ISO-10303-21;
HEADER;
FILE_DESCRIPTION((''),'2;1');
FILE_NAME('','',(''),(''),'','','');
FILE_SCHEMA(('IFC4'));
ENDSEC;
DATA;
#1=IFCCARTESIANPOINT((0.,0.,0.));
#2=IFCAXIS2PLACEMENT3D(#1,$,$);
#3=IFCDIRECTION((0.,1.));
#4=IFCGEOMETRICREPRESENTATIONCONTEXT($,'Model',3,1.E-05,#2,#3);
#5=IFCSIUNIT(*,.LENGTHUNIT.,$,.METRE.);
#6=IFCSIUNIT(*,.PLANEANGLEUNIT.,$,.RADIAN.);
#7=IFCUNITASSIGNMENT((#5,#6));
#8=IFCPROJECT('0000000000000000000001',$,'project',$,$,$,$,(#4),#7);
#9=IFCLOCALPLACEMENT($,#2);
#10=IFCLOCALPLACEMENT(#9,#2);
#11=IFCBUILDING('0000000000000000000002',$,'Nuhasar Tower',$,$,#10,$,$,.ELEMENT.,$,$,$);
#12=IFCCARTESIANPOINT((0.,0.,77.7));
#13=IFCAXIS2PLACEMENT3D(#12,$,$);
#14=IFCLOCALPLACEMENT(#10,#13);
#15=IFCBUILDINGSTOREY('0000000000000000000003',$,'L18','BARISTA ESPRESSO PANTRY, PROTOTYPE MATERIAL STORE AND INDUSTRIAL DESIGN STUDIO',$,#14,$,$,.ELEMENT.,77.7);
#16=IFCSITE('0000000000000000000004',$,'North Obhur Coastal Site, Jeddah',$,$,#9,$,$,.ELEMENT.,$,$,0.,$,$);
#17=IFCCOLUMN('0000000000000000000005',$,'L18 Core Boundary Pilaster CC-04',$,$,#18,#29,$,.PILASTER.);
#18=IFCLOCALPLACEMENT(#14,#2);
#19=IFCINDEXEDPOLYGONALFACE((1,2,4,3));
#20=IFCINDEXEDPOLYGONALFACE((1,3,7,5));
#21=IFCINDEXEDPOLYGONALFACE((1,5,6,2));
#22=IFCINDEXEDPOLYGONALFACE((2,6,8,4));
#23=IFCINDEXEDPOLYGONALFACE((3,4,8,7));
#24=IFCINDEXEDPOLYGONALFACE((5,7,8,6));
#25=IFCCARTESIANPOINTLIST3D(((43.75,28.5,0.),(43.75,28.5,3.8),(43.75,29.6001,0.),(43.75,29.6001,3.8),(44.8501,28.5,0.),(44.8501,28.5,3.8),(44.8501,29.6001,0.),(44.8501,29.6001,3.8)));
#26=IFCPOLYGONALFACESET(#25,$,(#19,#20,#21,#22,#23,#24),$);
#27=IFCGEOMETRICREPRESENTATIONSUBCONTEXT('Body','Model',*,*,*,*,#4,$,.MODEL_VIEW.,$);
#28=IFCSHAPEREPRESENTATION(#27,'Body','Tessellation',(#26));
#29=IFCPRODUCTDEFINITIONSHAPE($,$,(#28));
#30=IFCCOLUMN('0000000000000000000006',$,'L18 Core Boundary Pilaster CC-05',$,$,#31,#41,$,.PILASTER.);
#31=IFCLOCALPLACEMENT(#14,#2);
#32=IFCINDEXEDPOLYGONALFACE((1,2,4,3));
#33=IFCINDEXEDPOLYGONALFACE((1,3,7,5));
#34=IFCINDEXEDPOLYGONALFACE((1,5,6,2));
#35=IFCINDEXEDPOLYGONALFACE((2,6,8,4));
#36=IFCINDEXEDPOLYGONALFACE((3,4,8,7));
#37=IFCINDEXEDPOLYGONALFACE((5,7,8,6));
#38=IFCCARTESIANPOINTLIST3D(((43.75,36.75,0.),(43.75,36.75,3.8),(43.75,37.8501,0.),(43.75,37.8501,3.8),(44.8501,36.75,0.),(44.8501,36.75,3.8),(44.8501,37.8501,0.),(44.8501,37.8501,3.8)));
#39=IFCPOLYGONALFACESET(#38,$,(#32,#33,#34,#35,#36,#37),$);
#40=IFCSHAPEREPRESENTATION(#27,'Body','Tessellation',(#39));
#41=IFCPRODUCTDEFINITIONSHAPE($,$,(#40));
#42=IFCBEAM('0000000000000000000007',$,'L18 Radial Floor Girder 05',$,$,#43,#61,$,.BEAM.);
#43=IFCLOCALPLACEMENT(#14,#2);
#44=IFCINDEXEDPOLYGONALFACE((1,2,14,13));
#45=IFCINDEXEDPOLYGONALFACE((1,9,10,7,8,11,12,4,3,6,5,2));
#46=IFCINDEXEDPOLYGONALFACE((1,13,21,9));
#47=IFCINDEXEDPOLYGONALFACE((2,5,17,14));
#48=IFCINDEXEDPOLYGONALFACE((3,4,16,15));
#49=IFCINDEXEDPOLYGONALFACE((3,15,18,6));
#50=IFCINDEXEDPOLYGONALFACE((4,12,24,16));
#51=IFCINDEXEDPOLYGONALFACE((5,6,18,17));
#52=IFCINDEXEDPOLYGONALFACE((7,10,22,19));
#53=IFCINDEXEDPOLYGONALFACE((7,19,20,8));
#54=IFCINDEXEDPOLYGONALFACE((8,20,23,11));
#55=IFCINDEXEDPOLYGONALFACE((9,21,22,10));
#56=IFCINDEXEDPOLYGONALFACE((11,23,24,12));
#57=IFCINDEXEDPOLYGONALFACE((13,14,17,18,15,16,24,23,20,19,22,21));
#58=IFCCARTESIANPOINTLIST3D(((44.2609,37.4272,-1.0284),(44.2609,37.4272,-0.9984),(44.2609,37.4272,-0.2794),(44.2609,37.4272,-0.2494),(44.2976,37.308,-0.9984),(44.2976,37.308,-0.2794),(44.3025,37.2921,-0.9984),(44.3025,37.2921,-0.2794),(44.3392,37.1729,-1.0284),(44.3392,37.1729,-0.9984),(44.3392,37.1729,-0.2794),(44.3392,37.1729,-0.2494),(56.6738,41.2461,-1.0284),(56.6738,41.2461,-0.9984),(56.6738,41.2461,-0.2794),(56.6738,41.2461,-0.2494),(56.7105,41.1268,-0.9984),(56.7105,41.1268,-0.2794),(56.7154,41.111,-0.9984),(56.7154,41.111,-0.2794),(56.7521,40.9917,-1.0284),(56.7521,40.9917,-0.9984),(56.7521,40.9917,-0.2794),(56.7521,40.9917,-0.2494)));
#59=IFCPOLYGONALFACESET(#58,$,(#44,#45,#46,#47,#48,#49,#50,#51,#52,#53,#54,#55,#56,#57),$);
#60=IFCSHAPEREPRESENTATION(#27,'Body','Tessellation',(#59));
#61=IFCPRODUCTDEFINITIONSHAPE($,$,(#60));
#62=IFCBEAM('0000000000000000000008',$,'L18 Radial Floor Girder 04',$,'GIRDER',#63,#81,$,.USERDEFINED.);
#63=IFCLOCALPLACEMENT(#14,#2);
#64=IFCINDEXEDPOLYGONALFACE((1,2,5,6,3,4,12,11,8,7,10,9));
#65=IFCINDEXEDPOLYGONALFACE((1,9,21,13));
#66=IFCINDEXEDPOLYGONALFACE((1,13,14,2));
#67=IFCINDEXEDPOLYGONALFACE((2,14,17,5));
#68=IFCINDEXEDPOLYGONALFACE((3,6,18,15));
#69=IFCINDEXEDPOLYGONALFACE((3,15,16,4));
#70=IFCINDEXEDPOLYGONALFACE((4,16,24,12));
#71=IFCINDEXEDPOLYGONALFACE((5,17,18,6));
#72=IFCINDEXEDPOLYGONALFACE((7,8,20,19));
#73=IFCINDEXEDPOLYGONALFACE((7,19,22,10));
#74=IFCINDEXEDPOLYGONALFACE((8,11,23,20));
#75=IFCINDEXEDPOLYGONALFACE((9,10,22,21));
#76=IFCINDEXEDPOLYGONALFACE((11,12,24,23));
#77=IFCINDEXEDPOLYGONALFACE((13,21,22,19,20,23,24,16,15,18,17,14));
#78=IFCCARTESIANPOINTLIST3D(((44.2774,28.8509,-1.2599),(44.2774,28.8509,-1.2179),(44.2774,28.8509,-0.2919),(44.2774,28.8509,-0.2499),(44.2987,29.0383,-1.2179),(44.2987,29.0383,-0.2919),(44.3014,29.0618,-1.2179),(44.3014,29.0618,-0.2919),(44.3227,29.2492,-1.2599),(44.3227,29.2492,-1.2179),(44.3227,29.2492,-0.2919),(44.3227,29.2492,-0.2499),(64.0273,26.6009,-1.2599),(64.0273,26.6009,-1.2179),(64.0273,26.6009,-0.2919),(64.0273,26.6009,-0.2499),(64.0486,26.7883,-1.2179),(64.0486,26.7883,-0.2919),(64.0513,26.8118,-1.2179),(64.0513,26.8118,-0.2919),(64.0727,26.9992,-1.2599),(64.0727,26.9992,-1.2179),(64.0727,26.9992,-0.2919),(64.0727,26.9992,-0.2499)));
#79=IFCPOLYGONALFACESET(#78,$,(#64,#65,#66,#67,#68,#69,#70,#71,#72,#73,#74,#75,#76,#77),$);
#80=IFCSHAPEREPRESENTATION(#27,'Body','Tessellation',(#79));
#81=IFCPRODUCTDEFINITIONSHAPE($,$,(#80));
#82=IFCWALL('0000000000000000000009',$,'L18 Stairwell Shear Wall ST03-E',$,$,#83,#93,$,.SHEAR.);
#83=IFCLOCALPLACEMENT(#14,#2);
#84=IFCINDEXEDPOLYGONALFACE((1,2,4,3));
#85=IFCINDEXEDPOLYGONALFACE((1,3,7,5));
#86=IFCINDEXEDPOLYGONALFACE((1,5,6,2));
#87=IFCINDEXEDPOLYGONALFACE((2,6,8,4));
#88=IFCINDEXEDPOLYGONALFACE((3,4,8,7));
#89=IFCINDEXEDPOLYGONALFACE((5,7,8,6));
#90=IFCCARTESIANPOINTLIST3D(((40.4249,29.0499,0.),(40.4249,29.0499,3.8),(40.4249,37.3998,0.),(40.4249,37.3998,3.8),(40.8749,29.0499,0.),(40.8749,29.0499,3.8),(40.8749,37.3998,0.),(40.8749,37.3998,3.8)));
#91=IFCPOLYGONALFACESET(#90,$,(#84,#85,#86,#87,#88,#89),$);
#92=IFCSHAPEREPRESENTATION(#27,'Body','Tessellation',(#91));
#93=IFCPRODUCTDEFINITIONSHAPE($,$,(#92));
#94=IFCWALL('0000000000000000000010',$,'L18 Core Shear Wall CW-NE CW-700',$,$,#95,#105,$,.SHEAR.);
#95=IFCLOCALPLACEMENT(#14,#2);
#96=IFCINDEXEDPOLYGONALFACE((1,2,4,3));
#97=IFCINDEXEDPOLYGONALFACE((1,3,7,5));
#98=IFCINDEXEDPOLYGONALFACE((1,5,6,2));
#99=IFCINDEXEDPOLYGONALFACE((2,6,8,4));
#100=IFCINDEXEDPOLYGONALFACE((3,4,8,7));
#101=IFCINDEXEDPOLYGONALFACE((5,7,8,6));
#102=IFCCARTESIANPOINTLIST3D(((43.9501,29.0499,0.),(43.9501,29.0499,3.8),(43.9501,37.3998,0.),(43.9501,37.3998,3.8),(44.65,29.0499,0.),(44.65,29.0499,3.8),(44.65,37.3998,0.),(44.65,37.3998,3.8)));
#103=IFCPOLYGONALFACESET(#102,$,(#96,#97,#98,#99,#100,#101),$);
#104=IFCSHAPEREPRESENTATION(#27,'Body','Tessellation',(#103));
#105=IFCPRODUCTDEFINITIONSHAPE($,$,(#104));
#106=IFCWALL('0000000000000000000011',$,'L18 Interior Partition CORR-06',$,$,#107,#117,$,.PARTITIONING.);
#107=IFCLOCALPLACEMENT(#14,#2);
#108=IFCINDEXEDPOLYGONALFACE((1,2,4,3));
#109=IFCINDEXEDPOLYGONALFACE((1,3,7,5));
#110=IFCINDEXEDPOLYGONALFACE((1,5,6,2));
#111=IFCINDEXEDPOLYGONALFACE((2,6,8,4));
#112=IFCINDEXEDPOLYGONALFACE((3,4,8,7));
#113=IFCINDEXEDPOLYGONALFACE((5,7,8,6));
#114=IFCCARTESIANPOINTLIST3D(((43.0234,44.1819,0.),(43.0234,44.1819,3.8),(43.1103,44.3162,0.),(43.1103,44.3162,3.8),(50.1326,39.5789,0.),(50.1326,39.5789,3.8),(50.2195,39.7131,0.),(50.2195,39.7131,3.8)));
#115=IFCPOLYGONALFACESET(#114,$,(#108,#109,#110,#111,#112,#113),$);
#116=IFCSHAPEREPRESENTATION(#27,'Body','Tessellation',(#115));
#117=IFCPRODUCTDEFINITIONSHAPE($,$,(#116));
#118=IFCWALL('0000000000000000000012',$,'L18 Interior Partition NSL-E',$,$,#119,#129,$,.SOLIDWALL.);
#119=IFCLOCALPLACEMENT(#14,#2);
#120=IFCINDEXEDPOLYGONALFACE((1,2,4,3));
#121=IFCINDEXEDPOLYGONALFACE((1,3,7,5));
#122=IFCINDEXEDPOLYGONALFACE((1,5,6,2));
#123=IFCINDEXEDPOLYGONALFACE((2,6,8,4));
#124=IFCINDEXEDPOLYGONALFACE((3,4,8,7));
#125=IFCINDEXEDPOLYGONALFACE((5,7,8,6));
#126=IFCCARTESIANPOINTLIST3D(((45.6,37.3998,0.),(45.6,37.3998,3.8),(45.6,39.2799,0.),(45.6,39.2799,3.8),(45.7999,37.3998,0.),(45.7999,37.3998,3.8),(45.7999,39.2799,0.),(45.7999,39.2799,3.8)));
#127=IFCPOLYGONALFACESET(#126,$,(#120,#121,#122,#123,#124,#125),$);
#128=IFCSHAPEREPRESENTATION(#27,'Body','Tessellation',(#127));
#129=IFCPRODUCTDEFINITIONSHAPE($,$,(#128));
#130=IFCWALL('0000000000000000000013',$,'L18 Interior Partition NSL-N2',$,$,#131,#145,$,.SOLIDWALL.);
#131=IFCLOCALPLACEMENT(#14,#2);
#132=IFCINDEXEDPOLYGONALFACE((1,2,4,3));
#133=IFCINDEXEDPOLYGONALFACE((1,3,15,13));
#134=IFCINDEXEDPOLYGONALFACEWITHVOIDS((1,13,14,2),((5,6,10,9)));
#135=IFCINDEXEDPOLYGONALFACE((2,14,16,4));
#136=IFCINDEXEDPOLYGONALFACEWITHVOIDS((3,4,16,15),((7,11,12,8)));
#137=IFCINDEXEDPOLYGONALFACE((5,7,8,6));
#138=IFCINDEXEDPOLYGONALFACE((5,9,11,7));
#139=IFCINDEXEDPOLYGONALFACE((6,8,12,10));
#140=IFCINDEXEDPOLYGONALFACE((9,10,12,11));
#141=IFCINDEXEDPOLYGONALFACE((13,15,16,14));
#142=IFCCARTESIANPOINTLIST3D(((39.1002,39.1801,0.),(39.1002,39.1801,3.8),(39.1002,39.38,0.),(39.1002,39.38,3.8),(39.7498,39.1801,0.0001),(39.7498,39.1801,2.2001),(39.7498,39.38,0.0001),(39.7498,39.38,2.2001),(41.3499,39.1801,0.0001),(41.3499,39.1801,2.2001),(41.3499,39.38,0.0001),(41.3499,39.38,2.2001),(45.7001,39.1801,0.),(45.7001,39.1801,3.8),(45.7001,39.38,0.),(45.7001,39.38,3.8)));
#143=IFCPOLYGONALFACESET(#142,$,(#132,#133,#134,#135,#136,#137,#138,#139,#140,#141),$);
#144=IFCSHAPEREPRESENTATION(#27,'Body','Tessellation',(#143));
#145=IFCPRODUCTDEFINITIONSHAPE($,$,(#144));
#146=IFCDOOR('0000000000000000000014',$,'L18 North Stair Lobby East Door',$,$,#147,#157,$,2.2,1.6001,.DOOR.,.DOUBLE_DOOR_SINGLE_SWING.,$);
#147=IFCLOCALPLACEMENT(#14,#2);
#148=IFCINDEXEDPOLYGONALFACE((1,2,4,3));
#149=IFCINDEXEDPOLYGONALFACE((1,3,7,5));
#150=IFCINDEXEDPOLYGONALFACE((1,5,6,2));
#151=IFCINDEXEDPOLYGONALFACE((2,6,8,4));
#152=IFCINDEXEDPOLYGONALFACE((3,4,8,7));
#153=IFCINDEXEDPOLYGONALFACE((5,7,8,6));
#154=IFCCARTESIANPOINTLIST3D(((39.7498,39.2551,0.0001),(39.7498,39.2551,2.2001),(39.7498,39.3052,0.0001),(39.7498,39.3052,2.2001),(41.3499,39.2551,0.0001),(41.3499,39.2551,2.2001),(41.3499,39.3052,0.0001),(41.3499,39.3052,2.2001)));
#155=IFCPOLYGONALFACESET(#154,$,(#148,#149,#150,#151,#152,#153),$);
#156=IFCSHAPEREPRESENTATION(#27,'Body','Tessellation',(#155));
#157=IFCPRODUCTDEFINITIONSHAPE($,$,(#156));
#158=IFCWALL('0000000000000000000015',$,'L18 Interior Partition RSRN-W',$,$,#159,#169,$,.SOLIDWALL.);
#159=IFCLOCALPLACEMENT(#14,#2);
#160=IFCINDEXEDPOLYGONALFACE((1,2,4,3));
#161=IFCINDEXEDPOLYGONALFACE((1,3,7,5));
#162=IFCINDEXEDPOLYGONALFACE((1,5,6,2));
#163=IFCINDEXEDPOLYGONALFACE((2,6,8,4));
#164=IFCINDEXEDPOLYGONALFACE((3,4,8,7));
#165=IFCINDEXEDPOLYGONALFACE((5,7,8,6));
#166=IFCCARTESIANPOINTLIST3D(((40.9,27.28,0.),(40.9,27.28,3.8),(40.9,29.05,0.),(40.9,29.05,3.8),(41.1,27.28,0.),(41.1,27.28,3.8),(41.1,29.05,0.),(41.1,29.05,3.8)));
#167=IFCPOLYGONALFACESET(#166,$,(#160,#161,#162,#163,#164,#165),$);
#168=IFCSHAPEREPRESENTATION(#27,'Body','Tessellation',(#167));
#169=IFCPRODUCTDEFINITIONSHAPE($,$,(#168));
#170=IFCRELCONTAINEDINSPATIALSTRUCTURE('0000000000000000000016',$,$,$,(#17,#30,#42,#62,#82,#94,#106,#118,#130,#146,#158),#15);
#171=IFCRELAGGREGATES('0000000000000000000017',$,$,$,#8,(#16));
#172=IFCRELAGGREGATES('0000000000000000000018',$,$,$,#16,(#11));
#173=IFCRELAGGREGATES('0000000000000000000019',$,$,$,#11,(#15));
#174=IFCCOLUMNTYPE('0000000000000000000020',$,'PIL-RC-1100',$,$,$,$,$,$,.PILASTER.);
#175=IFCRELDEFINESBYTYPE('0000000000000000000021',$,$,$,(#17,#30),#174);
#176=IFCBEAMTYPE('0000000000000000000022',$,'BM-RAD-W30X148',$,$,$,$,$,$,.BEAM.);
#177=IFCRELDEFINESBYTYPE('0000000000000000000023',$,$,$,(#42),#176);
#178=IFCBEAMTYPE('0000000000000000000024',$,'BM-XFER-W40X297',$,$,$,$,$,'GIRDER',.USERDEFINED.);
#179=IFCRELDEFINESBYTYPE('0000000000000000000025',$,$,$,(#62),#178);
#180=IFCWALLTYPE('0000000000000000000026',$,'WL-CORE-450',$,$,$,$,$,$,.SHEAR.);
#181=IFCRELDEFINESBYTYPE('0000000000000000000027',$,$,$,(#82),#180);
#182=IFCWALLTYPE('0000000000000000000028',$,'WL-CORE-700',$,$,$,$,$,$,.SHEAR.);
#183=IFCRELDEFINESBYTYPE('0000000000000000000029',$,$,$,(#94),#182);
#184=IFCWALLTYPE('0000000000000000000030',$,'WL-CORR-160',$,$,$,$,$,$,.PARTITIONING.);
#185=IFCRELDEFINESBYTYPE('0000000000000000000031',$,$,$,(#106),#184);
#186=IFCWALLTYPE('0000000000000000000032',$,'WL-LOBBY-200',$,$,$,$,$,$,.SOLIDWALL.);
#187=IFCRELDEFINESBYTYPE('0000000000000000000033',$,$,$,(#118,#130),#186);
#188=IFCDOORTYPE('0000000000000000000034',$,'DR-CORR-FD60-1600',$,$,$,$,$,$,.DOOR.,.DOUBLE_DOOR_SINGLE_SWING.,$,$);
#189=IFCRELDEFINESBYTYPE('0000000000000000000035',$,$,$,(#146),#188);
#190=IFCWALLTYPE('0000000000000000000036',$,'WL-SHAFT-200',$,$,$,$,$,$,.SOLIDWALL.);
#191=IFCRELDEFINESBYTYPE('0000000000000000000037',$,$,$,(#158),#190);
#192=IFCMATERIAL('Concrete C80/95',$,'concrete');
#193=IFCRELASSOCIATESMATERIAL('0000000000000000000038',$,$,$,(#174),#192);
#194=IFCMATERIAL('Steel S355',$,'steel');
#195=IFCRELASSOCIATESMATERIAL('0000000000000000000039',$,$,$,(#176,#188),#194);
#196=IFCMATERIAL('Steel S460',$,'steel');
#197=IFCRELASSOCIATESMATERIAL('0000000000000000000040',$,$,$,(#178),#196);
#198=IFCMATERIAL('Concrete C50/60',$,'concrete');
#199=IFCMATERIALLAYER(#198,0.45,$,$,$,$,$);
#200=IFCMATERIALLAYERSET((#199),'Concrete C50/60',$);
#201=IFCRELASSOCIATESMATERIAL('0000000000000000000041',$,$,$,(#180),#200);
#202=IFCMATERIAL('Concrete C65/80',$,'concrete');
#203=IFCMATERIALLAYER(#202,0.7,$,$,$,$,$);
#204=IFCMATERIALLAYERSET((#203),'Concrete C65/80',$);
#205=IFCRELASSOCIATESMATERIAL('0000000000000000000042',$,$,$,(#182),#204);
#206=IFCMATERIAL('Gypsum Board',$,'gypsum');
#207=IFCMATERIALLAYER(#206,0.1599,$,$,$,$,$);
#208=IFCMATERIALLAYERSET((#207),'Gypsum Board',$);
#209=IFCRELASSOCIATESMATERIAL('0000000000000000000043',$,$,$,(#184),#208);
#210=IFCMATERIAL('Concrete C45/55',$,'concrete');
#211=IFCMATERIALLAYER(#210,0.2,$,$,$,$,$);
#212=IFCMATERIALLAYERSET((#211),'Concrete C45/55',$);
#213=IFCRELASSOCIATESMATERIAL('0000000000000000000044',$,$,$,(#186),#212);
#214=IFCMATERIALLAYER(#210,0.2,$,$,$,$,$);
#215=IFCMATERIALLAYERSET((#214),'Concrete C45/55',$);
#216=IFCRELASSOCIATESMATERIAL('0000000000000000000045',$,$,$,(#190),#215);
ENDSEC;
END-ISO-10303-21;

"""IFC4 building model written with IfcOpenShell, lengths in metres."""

from ifc_helpers import new_model, si_unit, direction, frame, frame_2d, origin, origin_2d, place, context, subcontext, project, spatial, rectangle, i_section, extrude, material, layer, layer_set, material_profile, profile_set, type_object, element, fill, save


model = new_model("IFC4")

# Units and contexts
model_context = context("Model", 3, precision=1e-05, world=origin(), true_north=direction((0.0, 1.0)))
body_context = subcontext(model_context, "Body", "Model", "MODEL_VIEW")
ifc_project = project(units=[si_unit("LENGTHUNIT", "METRE"), si_unit("PLANEANGLEUNIT", "RADIAN")], contexts=[model_context])

# Site, building, storey
site_placement = place(None, origin())
site = spatial("IfcSite", under=ifc_project, at=site_placement, Name="North Obhur Coastal Site, Jeddah", CompositionType="ELEMENT", RefElevation=0.0)
building_placement = place(site_placement, origin())
building = spatial("IfcBuilding", under=site, at=building_placement, Name="Nuhasar Tower", CompositionType="ELEMENT")
storey_placement = place(building_placement, frame((0.0, 0.0, 77.7)))
storey = spatial("IfcBuildingStorey", under=building, at=storey_placement, Name="L18", Description="BARISTA ESPRESSO PANTRY, PROTOTYPE MATERIAL STORE AND INDUSTRIAL DESIGN STUDIO", CompositionType="ELEMENT", Elevation=77.7)

# Columns
ifc_material_1 = material(Name="Concrete C80/95", Category="concrete")
ifc_material_profile_1 = material_profile(ifc_material_1, rectangle(XDim=1.1001, YDim=1.1001, at=origin_2d()), Name="RC1100X1100")
ifc_profile_set_1 = profile_set([ifc_material_profile_1], Name="Concrete C80/95")
column_type = type_object("IfcColumnType", Name="PIL-RC-1100", PredefinedType="PILASTER", material=ifc_profile_set_1)
for number, where, z_axis, x_axis, name in (
    (1, (44.3, 29.05, 0.0), (0.0, 0.0, 1.0), (1.0, 0.0, 0.0), "L18 Core Boundary Pilaster CC-04"),
    (2, (44.3, 37.3, 0.0), (0.0, 0.0, 1.0), (1.0, 0.0, 0.0), "L18 Core Boundary Pilaster CC-05"),
):
    element("IfcColumn", number, at=place(storey_placement, frame(where, z_axis=z_axis, x_axis=x_axis)), inside=storey, type_object=column_type, Name=name, PredefinedType="PILASTER", context=body_context, shape_type="SweptSolid", body=[
        extrude(rectangle(XDim=1.1001, YDim=1.1001, at=origin_2d()), origin(), (0.0, 0.0, 1.0), 3.8),
    ])

# Beams
ifc_material_2 = material(Name="Steel S355", Category="steel")
ifc_material_profile_2 = material_profile(ifc_material_2, i_section(OverallWidth=0.2661, OverallDepth=0.7791, WebThickness=0.0166, FlangeThickness=0.03, at=origin_2d()), Name="W30X148")
ifc_profile_set_2 = profile_set([ifc_material_profile_2], Name="Steel S355")
beam_type_1 = type_object("IfcBeamType", Name="BM-RAD-W30X148", PredefinedType="BEAM", material=ifc_profile_set_2)
beam_1_placement = place(storey_placement, frame((44.3, 37.3, -0.6389), z_axis=(0.95579, 0.294052, 0.0), x_axis=(-0.294052, 0.95579, 0.0)))
element("IfcBeam", 3, at=beam_1_placement, inside=storey, type_object=beam_type_1, Name="L18 Radial Floor Girder 05", PredefinedType="BEAM", context=body_context, shape_type="SweptSolid", body=[
    extrude(i_section(OverallWidth=0.2661, OverallDepth=0.7791, WebThickness=0.0166, FlangeThickness=0.03, at=origin_2d()), origin(), (0.0, 0.0, 1.0), 12.9871),
])
ifc_material_3 = material(Name="Steel S460", Category="steel")
ifc_material_profile_3 = material_profile(ifc_material_3, i_section(OverallWidth=0.4009, OverallDepth=1.01, WebThickness=0.0237, FlangeThickness=0.042, at=origin_2d()), Name="W40X297")
ifc_profile_set_3 = profile_set([ifc_material_profile_3], Name="Steel S460")
beam_type_2 = type_object("IfcBeamType", Name="BM-XFER-W40X297", ElementType="GIRDER", PredefinedType="USERDEFINED", material=ifc_profile_set_3)
beam_2_placement = place(storey_placement, frame((44.3, 29.05, -0.7549), z_axis=(0.993573, -0.113192, 0.0), x_axis=(0.113192, 0.993573, 0.0)))
element("IfcBeam", 4, at=beam_2_placement, inside=storey, type_object=beam_type_2, Name="L18 Radial Floor Girder 04", ObjectType="GIRDER", PredefinedType="USERDEFINED", context=body_context, shape_type="SweptSolid", body=[
    extrude(i_section(OverallWidth=0.4009, OverallDepth=1.01, WebThickness=0.0237, FlangeThickness=0.042, at=origin_2d()), origin(), (0.0, 0.0, 1.0), 19.8777),
])

# Shared definitions
ifc_material_4 = material(Name="Concrete C50/60", Category="concrete")
ifc_layer_1 = layer(ifc_material_4, 0.45)
ifc_layer_set_1 = layer_set([ifc_layer_1], Name="Concrete C50/60")
wall_type_1 = type_object("IfcWallType", Name="WL-CORE-450", PredefinedType="SHEAR", material=ifc_layer_set_1)

# Wall
wall_1_placement = place(storey_placement, frame((40.6499, 29.05, 0.0), z_axis=(0.0, 0.0, 1.0), x_axis=(0.0, 1.0, 0.0)))
element("IfcWall", 5, at=wall_1_placement, inside=storey, type_object=wall_type_1, Name="L18 Stairwell Shear Wall ST03-E", PredefinedType="SHEAR", context=body_context, shape_type="SweptSolid", body=[
    extrude(rectangle(XDim=8.3499, YDim=0.45, at=frame_2d((4.1748, 0.0))), origin(), (0.0, 0.0, 1.0), 3.8),
])

# Walls
ifc_material_5 = material(Name="Concrete C65/80", Category="concrete")
ifc_layer_2 = layer(ifc_material_5, 0.7)
ifc_layer_set_2 = layer_set([ifc_layer_2], Name="Concrete C65/80")
wall_type_2 = type_object("IfcWallType", Name="WL-CORE-700", PredefinedType="SHEAR", material=ifc_layer_set_2)
wall_2_placement = place(storey_placement, frame((44.3, 29.05, 0.0), z_axis=(0.0, 0.0, 1.0), x_axis=(0.0, 1.0, 0.0)))
element("IfcWall", 6, at=wall_2_placement, inside=storey, type_object=wall_type_2, Name="L18 Core Shear Wall CW-NE CW-700", PredefinedType="SHEAR", context=body_context, shape_type="SweptSolid", body=[
    extrude(rectangle(XDim=8.3499, YDim=0.7, at=frame_2d((4.1748, 0.0))), origin(), (0.0, 0.0, 1.0), 3.8),
])
ifc_material_6 = material(Name="Gypsum Board", Category="gypsum")
ifc_layer_3 = layer(ifc_material_6, 0.1599)
ifc_layer_set_3 = layer_set([ifc_layer_3], Name="Gypsum Board")
wall_type_3 = type_object("IfcWallType", Name="WL-CORR-160", PredefinedType="PARTITIONING", material=ifc_layer_set_3)
wall_3_placement = place(storey_placement, frame((50.176, 39.646, 0.0), z_axis=(0.0, 0.0, 1.0), x_axis=(-0.839408, 0.543501, 0.0)))
element("IfcWall", 7, at=wall_3_placement, inside=storey, type_object=wall_type_3, Name="L18 Interior Partition CORR-06", PredefinedType="PARTITIONING", context=body_context, shape_type="SweptSolid", body=[
    extrude(rectangle(XDim=8.4692, YDim=0.1599, at=frame_2d((4.2346, 0.0))), origin(), (0.0, 0.0, 1.0), 3.8),
])
ifc_material_7 = material(Name="Concrete C45/55", Category="concrete")
ifc_layer_4 = layer(ifc_material_7, 0.2)
ifc_layer_set_4 = layer_set([ifc_layer_4], Name="Concrete C45/55")
wall_type_4 = type_object("IfcWallType", Name="WL-LOBBY-200", PredefinedType="SOLIDWALL", material=ifc_layer_set_4)
wall_4_placement = place(storey_placement, frame((45.7, 37.3999, 0.0), z_axis=(0.0, 0.0, 1.0), x_axis=(0.0, 1.0, 0.0)))
element("IfcWall", 8, at=wall_4_placement, inside=storey, type_object=wall_type_4, Name="L18 Interior Partition NSL-E", PredefinedType="SOLIDWALL", context=body_context, shape_type="SweptSolid", body=[
    extrude(rectangle(XDim=1.8801, YDim=0.2, at=frame_2d((0.9399, 0.0))), origin(), (0.0, 0.0, 1.0), 3.8),
])

# Wall, opening, door
wall_5_placement = place(storey_placement, frame((45.7, 39.28, 0.0), z_axis=(0.0, 0.0, 1.0), x_axis=(-1.0, 0.0, 0.0)))
wall_5 = element("IfcWall", 9, at=wall_5_placement, inside=storey, type_object=wall_type_4, Name="L18 Interior Partition NSL-N2", PredefinedType="SOLIDWALL", context=body_context, shape_type="SweptSolid", body=[
    extrude(rectangle(XDim=6.5999, YDim=0.2, at=frame_2d((3.2998, 0.0))), origin(), (0.0, 0.0, 1.0), 3.8),
])
opening_1_placement = place(wall_5_placement, frame((4.3501, 0.0, 0.0)))
opening_1 = element("IfcOpeningElement", 10, at=opening_1_placement, cuts=wall_5, PredefinedType="OPENING", context=body_context, shape_type="SweptSolid", body=[
    extrude(rectangle(XDim=1.6001, YDim=2.2, at=frame_2d((0.8, 1.1001))), frame((0.0, 0.1099, 0.0), z_axis=(0.0, -1.0, 0.0), x_axis=(1.0, 0.0, 0.0)), (0.0, 0.0, 1.0), 0.22),
])
door_type_1 = type_object("IfcDoorType", Name="DR-CORR-FD60-1600", OperationType="DOUBLE_DOOR_SINGLE_SWING", PredefinedType="DOOR", material=ifc_material_2)
door_1_placement = place(opening_1_placement, origin())
door_1 = element("IfcDoor", 11, at=door_1_placement, inside=storey, type_object=door_type_1, Name="L18 North Stair Lobby East Door", OperationType="DOUBLE_DOOR_SINGLE_SWING", OverallHeight=2.2, OverallWidth=1.6001, PredefinedType="DOOR", context=body_context, shape_type="SweptSolid", body=[
    extrude(rectangle(XDim=1.6001, YDim=2.2, at=frame_2d((0.8, 1.1001))), frame((0.0, 0.0249, 0.0), z_axis=(0.0, -1.0, 0.0), x_axis=(1.0, 0.0, 0.0)), (0.0, 0.0, 1.0), 0.05),
])
fill(opening_1, door_1)

# Wall
ifc_layer_5 = layer(ifc_material_7, 0.2)
ifc_layer_set_5 = layer_set([ifc_layer_5], Name="Concrete C45/55")
wall_type_5 = type_object("IfcWallType", Name="WL-SHAFT-200", PredefinedType="SOLIDWALL", material=ifc_layer_set_5)
for number, where, z_axis, x_axis, name in (
    (12, (41.0, 27.28, 0.0), (0.0, 0.0, 1.0), (0.0, 1.0, 0.0), "L18 Interior Partition RSRN-W"),
):
    element("IfcWall", number, at=place(storey_placement, frame(where, z_axis=z_axis, x_axis=x_axis)), inside=storey, type_object=wall_type_5, Name=name, PredefinedType="SOLIDWALL", context=body_context, shape_type="SweptSolid", body=[
        extrude(rectangle(XDim=1.77, YDim=0.2, at=frame_2d((0.885, 0.0))), origin(), (0.0, 0.0, 1.0), 3.8),
    ])

save(model, "model.ifc")
